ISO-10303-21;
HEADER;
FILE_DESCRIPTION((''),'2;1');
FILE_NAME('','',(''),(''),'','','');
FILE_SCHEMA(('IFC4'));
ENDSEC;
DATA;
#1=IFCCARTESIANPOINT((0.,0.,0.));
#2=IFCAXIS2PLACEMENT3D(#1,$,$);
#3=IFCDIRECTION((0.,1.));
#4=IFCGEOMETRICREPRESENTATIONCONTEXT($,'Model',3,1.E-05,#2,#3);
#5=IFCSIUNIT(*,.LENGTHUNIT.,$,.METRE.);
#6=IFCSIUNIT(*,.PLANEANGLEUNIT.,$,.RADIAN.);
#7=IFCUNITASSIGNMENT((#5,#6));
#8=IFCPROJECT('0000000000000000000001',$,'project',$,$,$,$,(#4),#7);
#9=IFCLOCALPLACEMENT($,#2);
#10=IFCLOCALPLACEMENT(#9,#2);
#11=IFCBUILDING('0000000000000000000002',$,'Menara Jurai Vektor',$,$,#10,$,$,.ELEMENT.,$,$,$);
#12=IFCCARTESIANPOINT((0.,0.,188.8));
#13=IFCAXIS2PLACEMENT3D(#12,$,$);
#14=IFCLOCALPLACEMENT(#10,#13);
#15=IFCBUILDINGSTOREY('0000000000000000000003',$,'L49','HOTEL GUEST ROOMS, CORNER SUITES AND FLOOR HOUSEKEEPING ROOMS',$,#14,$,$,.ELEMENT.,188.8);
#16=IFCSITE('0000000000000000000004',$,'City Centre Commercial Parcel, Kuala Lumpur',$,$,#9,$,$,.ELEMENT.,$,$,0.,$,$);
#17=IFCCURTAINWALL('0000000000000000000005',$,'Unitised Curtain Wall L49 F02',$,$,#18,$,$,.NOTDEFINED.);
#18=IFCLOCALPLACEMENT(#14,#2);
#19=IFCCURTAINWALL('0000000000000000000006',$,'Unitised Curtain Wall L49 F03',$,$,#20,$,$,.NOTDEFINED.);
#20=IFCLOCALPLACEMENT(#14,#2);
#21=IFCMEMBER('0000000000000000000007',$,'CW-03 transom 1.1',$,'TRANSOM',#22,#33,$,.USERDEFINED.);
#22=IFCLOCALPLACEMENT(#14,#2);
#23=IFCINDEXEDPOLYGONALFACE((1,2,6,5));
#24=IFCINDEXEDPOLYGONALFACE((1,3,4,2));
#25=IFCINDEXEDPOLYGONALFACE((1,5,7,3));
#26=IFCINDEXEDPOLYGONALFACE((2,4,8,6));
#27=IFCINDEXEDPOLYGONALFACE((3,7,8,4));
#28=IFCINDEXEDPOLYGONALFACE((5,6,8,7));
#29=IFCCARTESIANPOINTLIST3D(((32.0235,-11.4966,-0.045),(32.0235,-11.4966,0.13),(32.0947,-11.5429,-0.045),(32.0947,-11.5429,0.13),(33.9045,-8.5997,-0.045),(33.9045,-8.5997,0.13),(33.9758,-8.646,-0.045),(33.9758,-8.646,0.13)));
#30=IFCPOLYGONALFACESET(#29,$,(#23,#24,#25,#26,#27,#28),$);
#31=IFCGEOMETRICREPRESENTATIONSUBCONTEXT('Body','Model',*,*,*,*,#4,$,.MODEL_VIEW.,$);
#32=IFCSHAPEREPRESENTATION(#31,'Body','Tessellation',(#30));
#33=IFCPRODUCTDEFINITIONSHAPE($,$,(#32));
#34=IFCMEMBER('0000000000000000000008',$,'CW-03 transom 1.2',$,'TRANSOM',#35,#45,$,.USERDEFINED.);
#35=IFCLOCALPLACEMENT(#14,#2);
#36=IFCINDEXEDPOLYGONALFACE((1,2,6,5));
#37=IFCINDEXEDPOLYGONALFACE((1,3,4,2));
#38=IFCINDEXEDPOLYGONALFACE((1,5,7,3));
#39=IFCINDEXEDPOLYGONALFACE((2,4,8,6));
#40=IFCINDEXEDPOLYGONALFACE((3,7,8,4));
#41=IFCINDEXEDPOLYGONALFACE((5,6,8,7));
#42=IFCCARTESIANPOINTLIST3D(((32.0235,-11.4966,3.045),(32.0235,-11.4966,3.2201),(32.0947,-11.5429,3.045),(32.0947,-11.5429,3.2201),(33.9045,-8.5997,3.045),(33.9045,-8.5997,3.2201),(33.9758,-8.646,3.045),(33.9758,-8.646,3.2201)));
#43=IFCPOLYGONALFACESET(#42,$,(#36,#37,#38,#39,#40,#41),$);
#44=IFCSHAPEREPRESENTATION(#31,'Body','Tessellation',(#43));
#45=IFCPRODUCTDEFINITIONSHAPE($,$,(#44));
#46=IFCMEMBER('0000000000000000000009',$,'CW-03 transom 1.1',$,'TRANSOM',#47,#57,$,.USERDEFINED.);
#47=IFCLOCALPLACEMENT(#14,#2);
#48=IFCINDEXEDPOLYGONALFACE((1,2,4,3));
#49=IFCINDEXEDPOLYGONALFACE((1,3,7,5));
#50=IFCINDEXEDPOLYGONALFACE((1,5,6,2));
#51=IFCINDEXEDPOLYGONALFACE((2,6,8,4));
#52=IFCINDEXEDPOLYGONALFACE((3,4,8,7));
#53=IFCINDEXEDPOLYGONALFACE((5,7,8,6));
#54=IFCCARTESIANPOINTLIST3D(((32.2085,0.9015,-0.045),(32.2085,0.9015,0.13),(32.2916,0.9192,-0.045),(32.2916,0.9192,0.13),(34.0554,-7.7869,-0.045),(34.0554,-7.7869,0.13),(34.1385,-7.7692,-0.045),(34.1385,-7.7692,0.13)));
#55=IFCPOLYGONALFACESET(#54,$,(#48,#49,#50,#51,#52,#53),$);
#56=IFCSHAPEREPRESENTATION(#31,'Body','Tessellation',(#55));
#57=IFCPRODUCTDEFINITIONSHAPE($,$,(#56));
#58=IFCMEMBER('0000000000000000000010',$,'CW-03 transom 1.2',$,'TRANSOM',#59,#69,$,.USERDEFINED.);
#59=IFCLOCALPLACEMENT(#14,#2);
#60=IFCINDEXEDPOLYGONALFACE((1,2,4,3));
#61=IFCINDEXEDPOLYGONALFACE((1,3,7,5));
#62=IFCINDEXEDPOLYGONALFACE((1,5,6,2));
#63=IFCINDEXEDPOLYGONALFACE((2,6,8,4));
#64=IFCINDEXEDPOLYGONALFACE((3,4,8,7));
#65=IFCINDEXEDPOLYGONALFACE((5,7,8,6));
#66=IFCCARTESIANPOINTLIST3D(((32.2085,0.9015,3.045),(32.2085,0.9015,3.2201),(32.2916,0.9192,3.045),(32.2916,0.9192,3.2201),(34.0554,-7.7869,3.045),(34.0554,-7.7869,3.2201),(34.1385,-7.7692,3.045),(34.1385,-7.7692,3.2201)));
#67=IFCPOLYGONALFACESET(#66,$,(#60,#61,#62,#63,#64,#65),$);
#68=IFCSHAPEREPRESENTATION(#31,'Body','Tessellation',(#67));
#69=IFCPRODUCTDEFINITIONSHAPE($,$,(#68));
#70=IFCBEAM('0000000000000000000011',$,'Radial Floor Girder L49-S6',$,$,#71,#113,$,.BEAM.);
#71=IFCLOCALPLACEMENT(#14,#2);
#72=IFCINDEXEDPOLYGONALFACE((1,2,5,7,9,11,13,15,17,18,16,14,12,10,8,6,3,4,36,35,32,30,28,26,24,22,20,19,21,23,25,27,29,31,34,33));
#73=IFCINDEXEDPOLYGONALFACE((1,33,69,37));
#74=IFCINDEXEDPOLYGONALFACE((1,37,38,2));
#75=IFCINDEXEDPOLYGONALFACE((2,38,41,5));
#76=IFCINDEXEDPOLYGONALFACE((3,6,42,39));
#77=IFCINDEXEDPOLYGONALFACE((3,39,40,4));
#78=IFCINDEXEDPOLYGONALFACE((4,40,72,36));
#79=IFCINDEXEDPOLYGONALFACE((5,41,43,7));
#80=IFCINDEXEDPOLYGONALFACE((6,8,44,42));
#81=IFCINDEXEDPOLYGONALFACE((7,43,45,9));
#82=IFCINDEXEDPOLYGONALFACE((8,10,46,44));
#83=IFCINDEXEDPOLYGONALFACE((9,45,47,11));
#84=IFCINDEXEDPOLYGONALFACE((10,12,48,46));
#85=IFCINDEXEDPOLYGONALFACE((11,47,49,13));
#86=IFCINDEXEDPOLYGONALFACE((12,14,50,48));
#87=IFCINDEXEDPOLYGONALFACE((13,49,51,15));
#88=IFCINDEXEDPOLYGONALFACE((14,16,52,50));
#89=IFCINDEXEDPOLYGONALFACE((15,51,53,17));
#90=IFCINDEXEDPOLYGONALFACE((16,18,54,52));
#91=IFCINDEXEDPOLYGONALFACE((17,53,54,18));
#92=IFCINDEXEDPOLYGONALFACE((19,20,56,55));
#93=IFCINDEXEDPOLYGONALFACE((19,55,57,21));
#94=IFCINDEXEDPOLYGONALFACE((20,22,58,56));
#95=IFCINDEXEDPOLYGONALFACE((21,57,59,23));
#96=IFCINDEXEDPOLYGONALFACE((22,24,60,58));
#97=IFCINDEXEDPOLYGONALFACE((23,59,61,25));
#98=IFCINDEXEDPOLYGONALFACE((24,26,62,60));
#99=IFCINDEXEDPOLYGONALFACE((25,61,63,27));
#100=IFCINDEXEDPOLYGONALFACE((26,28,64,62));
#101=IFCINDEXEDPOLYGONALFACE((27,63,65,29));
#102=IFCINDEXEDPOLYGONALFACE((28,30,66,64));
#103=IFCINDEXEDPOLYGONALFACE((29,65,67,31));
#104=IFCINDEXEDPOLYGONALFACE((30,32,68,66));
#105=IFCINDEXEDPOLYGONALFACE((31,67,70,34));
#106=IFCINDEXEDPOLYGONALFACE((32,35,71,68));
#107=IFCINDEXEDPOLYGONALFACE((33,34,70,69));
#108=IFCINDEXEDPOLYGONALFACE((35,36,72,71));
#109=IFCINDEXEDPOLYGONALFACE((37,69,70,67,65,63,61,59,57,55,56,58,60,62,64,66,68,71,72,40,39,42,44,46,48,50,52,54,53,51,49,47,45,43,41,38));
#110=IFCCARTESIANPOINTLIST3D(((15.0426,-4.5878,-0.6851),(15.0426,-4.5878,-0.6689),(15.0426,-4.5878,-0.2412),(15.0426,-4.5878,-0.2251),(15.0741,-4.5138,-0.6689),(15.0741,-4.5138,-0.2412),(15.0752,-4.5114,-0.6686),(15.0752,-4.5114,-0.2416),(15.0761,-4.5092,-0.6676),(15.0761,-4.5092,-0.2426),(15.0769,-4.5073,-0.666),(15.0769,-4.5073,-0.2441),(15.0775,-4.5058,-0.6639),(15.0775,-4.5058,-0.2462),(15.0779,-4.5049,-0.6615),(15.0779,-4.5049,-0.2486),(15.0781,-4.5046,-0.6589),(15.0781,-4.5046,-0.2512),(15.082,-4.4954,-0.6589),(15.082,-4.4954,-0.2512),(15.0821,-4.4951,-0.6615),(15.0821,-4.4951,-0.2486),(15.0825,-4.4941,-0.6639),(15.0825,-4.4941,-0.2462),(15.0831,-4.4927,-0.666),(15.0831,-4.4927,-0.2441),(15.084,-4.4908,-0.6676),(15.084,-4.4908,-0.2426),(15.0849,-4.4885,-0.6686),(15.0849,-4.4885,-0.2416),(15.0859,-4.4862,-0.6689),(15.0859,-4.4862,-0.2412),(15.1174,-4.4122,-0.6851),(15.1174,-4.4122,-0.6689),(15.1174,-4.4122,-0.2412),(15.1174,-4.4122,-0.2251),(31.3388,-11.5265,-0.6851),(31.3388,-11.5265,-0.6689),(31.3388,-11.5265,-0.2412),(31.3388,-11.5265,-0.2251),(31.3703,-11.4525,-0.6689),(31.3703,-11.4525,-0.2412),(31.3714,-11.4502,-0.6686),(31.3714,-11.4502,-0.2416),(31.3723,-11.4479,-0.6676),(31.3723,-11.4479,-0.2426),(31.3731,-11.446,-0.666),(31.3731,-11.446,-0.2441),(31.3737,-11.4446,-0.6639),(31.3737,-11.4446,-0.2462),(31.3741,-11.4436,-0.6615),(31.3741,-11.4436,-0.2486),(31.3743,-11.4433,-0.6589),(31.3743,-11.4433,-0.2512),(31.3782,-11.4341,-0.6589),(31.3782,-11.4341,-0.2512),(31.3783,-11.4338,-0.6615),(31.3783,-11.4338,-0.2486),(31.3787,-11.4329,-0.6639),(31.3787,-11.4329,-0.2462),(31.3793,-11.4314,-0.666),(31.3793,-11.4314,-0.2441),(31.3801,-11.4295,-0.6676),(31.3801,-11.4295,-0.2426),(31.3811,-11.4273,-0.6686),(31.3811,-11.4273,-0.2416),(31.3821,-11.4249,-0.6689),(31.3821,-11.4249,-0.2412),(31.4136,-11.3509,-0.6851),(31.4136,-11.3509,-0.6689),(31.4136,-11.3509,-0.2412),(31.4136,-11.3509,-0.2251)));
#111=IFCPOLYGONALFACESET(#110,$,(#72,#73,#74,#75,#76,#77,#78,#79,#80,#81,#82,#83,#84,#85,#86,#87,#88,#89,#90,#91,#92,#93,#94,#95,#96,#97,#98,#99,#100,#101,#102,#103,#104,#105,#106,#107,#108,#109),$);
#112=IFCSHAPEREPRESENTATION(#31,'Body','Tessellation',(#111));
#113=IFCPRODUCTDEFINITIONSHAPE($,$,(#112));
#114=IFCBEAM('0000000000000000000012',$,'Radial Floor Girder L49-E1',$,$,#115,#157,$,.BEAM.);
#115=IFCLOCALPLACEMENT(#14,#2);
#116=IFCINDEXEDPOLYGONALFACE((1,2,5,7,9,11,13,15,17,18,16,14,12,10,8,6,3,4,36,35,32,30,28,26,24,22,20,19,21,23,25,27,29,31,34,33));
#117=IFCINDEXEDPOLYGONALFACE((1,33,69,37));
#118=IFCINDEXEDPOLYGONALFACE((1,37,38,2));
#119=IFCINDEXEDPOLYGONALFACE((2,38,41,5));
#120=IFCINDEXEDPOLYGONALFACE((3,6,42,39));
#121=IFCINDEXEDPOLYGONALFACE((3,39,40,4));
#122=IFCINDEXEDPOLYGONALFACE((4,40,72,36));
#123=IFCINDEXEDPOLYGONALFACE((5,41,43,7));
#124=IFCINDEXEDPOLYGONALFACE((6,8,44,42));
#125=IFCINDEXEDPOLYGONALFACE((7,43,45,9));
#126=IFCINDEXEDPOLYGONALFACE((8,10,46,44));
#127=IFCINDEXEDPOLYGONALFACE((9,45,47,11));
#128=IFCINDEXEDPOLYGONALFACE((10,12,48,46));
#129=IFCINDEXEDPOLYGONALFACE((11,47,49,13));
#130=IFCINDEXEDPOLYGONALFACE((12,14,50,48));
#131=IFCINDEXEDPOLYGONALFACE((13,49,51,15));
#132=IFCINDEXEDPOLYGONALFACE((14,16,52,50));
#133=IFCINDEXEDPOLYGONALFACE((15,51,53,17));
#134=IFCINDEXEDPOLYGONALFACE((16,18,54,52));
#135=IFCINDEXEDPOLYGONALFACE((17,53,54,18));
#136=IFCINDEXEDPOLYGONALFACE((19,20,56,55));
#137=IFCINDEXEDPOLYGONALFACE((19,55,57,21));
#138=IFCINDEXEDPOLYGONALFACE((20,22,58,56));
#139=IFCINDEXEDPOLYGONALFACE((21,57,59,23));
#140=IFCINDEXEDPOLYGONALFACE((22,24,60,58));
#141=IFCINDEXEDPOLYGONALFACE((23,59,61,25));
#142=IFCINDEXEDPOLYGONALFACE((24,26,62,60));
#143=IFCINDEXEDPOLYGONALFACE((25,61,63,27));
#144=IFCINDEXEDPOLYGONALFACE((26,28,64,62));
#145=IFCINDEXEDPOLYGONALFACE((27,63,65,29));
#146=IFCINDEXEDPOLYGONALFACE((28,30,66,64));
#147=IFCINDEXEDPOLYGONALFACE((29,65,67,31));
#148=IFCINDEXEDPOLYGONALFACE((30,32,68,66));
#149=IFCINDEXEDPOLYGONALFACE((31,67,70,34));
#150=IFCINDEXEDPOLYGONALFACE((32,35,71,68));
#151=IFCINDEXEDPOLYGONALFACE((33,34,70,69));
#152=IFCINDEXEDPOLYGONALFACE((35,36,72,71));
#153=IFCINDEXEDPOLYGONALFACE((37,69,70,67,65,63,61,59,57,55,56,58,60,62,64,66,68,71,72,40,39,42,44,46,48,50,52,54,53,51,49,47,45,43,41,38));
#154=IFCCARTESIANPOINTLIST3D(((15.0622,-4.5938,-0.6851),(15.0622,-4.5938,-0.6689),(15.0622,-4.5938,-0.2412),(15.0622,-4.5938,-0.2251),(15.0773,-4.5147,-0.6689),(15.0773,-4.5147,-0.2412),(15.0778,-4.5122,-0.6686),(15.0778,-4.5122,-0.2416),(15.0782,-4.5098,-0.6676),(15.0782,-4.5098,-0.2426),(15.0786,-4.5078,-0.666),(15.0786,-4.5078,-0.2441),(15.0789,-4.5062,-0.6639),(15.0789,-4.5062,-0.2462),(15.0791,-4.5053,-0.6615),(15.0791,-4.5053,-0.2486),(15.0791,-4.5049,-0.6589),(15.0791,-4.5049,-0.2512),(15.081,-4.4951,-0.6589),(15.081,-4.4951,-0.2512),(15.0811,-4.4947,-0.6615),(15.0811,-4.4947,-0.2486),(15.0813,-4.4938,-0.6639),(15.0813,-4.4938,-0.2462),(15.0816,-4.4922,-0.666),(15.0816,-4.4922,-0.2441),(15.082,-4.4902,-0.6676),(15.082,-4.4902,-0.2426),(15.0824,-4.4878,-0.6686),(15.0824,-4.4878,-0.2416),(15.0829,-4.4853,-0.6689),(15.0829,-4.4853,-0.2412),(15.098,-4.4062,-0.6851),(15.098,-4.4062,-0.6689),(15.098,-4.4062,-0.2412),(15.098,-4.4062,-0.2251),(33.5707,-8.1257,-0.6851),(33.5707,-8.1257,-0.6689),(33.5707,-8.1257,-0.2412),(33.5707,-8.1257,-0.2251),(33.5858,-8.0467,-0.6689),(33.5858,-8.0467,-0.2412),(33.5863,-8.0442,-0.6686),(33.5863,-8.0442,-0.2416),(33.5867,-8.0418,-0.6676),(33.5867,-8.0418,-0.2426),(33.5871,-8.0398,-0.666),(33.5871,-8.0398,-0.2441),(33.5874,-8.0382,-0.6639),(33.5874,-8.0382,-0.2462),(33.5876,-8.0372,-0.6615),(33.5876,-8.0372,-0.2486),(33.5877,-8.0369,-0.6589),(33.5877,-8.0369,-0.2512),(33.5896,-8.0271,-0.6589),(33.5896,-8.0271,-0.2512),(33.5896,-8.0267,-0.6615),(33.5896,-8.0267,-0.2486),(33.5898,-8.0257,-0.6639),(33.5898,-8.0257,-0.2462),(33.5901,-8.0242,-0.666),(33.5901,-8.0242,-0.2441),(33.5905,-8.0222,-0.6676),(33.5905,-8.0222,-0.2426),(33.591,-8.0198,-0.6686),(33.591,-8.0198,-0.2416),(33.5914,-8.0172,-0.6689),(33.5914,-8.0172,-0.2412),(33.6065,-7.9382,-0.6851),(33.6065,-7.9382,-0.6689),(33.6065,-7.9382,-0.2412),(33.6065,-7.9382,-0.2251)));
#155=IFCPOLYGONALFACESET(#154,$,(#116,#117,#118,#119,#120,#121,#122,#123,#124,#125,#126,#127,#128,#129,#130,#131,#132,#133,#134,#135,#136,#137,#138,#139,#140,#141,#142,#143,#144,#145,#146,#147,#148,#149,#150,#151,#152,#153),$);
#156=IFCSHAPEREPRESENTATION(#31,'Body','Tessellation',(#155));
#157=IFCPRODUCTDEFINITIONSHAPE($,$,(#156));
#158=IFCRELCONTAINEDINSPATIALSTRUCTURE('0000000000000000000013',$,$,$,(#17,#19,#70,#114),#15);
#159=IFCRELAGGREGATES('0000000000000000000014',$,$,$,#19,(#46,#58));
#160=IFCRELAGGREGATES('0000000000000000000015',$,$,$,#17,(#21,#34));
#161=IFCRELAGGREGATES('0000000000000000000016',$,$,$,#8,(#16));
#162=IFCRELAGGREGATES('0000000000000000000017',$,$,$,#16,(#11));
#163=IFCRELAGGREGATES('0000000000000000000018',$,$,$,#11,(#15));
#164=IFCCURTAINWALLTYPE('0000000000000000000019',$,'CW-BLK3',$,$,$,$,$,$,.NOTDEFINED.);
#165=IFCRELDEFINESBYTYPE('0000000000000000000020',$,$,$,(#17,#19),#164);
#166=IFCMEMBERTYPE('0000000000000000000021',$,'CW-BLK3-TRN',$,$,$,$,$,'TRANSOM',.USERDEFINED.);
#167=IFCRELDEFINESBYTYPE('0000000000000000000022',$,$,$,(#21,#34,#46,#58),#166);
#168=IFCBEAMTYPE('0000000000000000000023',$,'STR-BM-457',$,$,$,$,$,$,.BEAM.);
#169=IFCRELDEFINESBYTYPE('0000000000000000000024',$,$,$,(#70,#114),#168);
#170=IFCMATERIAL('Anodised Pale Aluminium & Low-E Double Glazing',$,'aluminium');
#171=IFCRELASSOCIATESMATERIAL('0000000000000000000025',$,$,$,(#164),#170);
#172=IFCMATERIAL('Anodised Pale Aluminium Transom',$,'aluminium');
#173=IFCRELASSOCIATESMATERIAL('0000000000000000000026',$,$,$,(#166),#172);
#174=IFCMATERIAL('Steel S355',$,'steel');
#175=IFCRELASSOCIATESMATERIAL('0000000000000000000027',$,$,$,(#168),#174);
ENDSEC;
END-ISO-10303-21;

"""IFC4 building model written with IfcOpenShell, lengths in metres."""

from ifc_helpers import new_model, si_unit, direction, frame, origin, origin_2d, place, context, subcontext, project, spatial, rectangle, i_section, extrude, material, material_profile, profile_set, type_object, element, aggregate, save


model = new_model("IFC4")

# Units and contexts
model_context = context("Model", 3, precision=1e-05, world=origin(), true_north=direction((0.0, 1.0)))
body_context = subcontext(model_context, "Body", "Model", "MODEL_VIEW")
ifc_project = project(units=[si_unit("LENGTHUNIT", "METRE"), si_unit("PLANEANGLEUNIT", "RADIAN")], contexts=[model_context])

# Site, building, storey
site_placement = place(None, origin())
site = spatial("IfcSite", under=ifc_project, at=site_placement, Name="City Centre Commercial Parcel, Kuala Lumpur", CompositionType="ELEMENT", RefElevation=0.0)
building_placement = place(site_placement, origin())
building = spatial("IfcBuilding", under=site, at=building_placement, Name="Menara Jurai Vektor", CompositionType="ELEMENT")
storey_placement = place(building_placement, frame((0.0, 0.0, 188.8)))
storey = spatial("IfcBuildingStorey", under=building, at=storey_placement, Name="L49", Description="HOTEL GUEST ROOMS, CORNER SUITES AND FLOOR HOUSEKEEPING ROOMS", CompositionType="ELEMENT", Elevation=188.8)

# Curtain wall
ifc_material_1 = material(Name="Anodised Pale Aluminium & Low-E Double Glazing", Category="aluminium")
curtain_wall_type = type_object("IfcCurtainWallType", Name="CW-BLK3", PredefinedType="NOTDEFINED", material=ifc_material_1)
curtain_wall_1_placement = place(storey_placement, origin())
curtain_wall_1 = element("IfcCurtainWall", 1, at=curtain_wall_1_placement, inside=storey, type_object=curtain_wall_type, Name="Unitised Curtain Wall L49 F02", PredefinedType="NOTDEFINED")

# Curtain wall
curtain_wall_2_placement = place(storey_placement, origin())
curtain_wall_2 = element("IfcCurtainWall", 2, at=curtain_wall_2_placement, inside=storey, type_object=curtain_wall_type, Name="Unitised Curtain Wall L49 F03", PredefinedType="NOTDEFINED")

# Members
ifc_material_2 = material(Name="Anodised Pale Aluminium Transom", Category="aluminium")
ifc_material_profile_1 = material_profile(ifc_material_2, rectangle(XDim=0.085, YDim=0.175, at=origin_2d()), Name="ALU TRN 85x175")
ifc_profile_set_1 = profile_set([ifc_material_profile_1], Name="Anodised Pale Aluminium Transom")
member_type_1 = type_object("IfcMemberType", Name="CW-BLK3-TRN", ElementType="TRANSOM", PredefinedType="USERDEFINED", material=ifc_profile_set_1)
member_1_placement = place(storey_placement, frame((32.0591, -11.5198, 0.0425), z_axis=(0.544596, 0.838699, 0.0), x_axis=(-0.838699, 0.544596, 0.0)))
member_1 = element("IfcMember", 3, at=member_1_placement, type_object=member_type_1, Name="CW-03 transom 1.1", ObjectType="TRANSOM", PredefinedType="USERDEFINED", context=body_context, shape_type="SweptSolid", body=[
    extrude(rectangle(XDim=0.085, YDim=0.175, at=origin_2d()), origin(), (0.0, 0.0, 1.0), 3.4541),
])
member_2_placement = place(storey_placement, frame((32.0591, -11.5198, 3.1326), z_axis=(0.544596, 0.838699, 0.0), x_axis=(-0.838699, 0.544596, 0.0)))
member_2 = element("IfcMember", 4, at=member_2_placement, type_object=member_type_1, Name="CW-03 transom 1.2", ObjectType="TRANSOM", PredefinedType="USERDEFINED", context=body_context, shape_type="SweptSolid", body=[
    extrude(rectangle(XDim=0.085, YDim=0.175, at=origin_2d()), origin(), (0.0, 0.0, 1.0), 3.4541),
])
member_3_placement = place(storey_placement, frame((34.0969, -7.7781, 0.0425), z_axis=(-0.207926, 0.978145, 0.0), x_axis=(-0.978145, -0.207926, 0.0)))
member_3 = element("IfcMember", 5, at=member_3_placement, type_object=member_type_1, Name="CW-03 transom 1.1", ObjectType="TRANSOM", PredefinedType="USERDEFINED", context=body_context, shape_type="SweptSolid", body=[
    extrude(rectangle(XDim=0.085, YDim=0.175, at=origin_2d()), origin(), (0.0, 0.0, 1.0), 8.8826),
])
member_4_placement = place(storey_placement, frame((34.0969, -7.7781, 3.1326), z_axis=(-0.207926, 0.978145, 0.0), x_axis=(-0.978145, -0.207926, 0.0)))
member_4 = element("IfcMember", 6, at=member_4_placement, type_object=member_type_1, Name="CW-03 transom 1.2", ObjectType="TRANSOM", PredefinedType="USERDEFINED", context=body_context, shape_type="SweptSolid", body=[
    extrude(rectangle(XDim=0.085, YDim=0.175, at=origin_2d()), origin(), (0.0, 0.0, 1.0), 8.8826),
])

# Beams
ifc_material_3 = material(Name="Steel S355", Category="steel")
ifc_material_profile_2 = material_profile(ifc_material_3, i_section(OverallWidth=0.1909, OverallDepth=0.46, WebThickness=0.01, FlangeThickness=0.0161, FilletRadius=0.01, at=origin_2d()), Name="UKB 457x191x82")
ifc_profile_set_2 = profile_set([ifc_material_profile_2], Name="Steel S355")
beam_type_1 = type_object("IfcBeamType", Name="STR-BM-457", PredefinedType="BEAM", material=ifc_profile_set_2)
beam_1_placement = place(storey_placement, frame((31.3762, -11.4387, -0.4551), z_axis=(-0.920069, 0.391756, 0.0), x_axis=(-0.391756, -0.920069, 0.0)))
element("IfcBeam", 7, at=beam_1_placement, inside=storey, type_object=beam_type_1, Name="Radial Floor Girder L49-S6", PredefinedType="BEAM", context=body_context, shape_type="SweptSolid", body=[
    extrude(i_section(OverallWidth=0.1909, OverallDepth=0.46, WebThickness=0.01, FlangeThickness=0.0161, FilletRadius=0.01, at=origin_2d()), origin(), (0.0, 0.0, 1.0), 17.7119),
])
beam_2_placement = place(storey_placement, frame((33.5886, -8.032, -0.4551), z_axis=(-0.982275, 0.187447, 0.0), x_axis=(-0.187447, -0.982275, 0.0)))
element("IfcBeam", 8, at=beam_2_placement, inside=storey, type_object=beam_type_1, Name="Radial Floor Girder L49-E1", PredefinedType="BEAM", context=body_context, shape_type="SweptSolid", body=[
    extrude(i_section(OverallWidth=0.1909, OverallDepth=0.46, WebThickness=0.01, FlangeThickness=0.0161, FilletRadius=0.01, at=origin_2d()), origin(), (0.0, 0.0, 1.0), 18.8425),
])

aggregate(curtain_wall_2, [member_3, member_4])
aggregate(curtain_wall_1, [member_1, member_2])

save(model, "model.ifc")
